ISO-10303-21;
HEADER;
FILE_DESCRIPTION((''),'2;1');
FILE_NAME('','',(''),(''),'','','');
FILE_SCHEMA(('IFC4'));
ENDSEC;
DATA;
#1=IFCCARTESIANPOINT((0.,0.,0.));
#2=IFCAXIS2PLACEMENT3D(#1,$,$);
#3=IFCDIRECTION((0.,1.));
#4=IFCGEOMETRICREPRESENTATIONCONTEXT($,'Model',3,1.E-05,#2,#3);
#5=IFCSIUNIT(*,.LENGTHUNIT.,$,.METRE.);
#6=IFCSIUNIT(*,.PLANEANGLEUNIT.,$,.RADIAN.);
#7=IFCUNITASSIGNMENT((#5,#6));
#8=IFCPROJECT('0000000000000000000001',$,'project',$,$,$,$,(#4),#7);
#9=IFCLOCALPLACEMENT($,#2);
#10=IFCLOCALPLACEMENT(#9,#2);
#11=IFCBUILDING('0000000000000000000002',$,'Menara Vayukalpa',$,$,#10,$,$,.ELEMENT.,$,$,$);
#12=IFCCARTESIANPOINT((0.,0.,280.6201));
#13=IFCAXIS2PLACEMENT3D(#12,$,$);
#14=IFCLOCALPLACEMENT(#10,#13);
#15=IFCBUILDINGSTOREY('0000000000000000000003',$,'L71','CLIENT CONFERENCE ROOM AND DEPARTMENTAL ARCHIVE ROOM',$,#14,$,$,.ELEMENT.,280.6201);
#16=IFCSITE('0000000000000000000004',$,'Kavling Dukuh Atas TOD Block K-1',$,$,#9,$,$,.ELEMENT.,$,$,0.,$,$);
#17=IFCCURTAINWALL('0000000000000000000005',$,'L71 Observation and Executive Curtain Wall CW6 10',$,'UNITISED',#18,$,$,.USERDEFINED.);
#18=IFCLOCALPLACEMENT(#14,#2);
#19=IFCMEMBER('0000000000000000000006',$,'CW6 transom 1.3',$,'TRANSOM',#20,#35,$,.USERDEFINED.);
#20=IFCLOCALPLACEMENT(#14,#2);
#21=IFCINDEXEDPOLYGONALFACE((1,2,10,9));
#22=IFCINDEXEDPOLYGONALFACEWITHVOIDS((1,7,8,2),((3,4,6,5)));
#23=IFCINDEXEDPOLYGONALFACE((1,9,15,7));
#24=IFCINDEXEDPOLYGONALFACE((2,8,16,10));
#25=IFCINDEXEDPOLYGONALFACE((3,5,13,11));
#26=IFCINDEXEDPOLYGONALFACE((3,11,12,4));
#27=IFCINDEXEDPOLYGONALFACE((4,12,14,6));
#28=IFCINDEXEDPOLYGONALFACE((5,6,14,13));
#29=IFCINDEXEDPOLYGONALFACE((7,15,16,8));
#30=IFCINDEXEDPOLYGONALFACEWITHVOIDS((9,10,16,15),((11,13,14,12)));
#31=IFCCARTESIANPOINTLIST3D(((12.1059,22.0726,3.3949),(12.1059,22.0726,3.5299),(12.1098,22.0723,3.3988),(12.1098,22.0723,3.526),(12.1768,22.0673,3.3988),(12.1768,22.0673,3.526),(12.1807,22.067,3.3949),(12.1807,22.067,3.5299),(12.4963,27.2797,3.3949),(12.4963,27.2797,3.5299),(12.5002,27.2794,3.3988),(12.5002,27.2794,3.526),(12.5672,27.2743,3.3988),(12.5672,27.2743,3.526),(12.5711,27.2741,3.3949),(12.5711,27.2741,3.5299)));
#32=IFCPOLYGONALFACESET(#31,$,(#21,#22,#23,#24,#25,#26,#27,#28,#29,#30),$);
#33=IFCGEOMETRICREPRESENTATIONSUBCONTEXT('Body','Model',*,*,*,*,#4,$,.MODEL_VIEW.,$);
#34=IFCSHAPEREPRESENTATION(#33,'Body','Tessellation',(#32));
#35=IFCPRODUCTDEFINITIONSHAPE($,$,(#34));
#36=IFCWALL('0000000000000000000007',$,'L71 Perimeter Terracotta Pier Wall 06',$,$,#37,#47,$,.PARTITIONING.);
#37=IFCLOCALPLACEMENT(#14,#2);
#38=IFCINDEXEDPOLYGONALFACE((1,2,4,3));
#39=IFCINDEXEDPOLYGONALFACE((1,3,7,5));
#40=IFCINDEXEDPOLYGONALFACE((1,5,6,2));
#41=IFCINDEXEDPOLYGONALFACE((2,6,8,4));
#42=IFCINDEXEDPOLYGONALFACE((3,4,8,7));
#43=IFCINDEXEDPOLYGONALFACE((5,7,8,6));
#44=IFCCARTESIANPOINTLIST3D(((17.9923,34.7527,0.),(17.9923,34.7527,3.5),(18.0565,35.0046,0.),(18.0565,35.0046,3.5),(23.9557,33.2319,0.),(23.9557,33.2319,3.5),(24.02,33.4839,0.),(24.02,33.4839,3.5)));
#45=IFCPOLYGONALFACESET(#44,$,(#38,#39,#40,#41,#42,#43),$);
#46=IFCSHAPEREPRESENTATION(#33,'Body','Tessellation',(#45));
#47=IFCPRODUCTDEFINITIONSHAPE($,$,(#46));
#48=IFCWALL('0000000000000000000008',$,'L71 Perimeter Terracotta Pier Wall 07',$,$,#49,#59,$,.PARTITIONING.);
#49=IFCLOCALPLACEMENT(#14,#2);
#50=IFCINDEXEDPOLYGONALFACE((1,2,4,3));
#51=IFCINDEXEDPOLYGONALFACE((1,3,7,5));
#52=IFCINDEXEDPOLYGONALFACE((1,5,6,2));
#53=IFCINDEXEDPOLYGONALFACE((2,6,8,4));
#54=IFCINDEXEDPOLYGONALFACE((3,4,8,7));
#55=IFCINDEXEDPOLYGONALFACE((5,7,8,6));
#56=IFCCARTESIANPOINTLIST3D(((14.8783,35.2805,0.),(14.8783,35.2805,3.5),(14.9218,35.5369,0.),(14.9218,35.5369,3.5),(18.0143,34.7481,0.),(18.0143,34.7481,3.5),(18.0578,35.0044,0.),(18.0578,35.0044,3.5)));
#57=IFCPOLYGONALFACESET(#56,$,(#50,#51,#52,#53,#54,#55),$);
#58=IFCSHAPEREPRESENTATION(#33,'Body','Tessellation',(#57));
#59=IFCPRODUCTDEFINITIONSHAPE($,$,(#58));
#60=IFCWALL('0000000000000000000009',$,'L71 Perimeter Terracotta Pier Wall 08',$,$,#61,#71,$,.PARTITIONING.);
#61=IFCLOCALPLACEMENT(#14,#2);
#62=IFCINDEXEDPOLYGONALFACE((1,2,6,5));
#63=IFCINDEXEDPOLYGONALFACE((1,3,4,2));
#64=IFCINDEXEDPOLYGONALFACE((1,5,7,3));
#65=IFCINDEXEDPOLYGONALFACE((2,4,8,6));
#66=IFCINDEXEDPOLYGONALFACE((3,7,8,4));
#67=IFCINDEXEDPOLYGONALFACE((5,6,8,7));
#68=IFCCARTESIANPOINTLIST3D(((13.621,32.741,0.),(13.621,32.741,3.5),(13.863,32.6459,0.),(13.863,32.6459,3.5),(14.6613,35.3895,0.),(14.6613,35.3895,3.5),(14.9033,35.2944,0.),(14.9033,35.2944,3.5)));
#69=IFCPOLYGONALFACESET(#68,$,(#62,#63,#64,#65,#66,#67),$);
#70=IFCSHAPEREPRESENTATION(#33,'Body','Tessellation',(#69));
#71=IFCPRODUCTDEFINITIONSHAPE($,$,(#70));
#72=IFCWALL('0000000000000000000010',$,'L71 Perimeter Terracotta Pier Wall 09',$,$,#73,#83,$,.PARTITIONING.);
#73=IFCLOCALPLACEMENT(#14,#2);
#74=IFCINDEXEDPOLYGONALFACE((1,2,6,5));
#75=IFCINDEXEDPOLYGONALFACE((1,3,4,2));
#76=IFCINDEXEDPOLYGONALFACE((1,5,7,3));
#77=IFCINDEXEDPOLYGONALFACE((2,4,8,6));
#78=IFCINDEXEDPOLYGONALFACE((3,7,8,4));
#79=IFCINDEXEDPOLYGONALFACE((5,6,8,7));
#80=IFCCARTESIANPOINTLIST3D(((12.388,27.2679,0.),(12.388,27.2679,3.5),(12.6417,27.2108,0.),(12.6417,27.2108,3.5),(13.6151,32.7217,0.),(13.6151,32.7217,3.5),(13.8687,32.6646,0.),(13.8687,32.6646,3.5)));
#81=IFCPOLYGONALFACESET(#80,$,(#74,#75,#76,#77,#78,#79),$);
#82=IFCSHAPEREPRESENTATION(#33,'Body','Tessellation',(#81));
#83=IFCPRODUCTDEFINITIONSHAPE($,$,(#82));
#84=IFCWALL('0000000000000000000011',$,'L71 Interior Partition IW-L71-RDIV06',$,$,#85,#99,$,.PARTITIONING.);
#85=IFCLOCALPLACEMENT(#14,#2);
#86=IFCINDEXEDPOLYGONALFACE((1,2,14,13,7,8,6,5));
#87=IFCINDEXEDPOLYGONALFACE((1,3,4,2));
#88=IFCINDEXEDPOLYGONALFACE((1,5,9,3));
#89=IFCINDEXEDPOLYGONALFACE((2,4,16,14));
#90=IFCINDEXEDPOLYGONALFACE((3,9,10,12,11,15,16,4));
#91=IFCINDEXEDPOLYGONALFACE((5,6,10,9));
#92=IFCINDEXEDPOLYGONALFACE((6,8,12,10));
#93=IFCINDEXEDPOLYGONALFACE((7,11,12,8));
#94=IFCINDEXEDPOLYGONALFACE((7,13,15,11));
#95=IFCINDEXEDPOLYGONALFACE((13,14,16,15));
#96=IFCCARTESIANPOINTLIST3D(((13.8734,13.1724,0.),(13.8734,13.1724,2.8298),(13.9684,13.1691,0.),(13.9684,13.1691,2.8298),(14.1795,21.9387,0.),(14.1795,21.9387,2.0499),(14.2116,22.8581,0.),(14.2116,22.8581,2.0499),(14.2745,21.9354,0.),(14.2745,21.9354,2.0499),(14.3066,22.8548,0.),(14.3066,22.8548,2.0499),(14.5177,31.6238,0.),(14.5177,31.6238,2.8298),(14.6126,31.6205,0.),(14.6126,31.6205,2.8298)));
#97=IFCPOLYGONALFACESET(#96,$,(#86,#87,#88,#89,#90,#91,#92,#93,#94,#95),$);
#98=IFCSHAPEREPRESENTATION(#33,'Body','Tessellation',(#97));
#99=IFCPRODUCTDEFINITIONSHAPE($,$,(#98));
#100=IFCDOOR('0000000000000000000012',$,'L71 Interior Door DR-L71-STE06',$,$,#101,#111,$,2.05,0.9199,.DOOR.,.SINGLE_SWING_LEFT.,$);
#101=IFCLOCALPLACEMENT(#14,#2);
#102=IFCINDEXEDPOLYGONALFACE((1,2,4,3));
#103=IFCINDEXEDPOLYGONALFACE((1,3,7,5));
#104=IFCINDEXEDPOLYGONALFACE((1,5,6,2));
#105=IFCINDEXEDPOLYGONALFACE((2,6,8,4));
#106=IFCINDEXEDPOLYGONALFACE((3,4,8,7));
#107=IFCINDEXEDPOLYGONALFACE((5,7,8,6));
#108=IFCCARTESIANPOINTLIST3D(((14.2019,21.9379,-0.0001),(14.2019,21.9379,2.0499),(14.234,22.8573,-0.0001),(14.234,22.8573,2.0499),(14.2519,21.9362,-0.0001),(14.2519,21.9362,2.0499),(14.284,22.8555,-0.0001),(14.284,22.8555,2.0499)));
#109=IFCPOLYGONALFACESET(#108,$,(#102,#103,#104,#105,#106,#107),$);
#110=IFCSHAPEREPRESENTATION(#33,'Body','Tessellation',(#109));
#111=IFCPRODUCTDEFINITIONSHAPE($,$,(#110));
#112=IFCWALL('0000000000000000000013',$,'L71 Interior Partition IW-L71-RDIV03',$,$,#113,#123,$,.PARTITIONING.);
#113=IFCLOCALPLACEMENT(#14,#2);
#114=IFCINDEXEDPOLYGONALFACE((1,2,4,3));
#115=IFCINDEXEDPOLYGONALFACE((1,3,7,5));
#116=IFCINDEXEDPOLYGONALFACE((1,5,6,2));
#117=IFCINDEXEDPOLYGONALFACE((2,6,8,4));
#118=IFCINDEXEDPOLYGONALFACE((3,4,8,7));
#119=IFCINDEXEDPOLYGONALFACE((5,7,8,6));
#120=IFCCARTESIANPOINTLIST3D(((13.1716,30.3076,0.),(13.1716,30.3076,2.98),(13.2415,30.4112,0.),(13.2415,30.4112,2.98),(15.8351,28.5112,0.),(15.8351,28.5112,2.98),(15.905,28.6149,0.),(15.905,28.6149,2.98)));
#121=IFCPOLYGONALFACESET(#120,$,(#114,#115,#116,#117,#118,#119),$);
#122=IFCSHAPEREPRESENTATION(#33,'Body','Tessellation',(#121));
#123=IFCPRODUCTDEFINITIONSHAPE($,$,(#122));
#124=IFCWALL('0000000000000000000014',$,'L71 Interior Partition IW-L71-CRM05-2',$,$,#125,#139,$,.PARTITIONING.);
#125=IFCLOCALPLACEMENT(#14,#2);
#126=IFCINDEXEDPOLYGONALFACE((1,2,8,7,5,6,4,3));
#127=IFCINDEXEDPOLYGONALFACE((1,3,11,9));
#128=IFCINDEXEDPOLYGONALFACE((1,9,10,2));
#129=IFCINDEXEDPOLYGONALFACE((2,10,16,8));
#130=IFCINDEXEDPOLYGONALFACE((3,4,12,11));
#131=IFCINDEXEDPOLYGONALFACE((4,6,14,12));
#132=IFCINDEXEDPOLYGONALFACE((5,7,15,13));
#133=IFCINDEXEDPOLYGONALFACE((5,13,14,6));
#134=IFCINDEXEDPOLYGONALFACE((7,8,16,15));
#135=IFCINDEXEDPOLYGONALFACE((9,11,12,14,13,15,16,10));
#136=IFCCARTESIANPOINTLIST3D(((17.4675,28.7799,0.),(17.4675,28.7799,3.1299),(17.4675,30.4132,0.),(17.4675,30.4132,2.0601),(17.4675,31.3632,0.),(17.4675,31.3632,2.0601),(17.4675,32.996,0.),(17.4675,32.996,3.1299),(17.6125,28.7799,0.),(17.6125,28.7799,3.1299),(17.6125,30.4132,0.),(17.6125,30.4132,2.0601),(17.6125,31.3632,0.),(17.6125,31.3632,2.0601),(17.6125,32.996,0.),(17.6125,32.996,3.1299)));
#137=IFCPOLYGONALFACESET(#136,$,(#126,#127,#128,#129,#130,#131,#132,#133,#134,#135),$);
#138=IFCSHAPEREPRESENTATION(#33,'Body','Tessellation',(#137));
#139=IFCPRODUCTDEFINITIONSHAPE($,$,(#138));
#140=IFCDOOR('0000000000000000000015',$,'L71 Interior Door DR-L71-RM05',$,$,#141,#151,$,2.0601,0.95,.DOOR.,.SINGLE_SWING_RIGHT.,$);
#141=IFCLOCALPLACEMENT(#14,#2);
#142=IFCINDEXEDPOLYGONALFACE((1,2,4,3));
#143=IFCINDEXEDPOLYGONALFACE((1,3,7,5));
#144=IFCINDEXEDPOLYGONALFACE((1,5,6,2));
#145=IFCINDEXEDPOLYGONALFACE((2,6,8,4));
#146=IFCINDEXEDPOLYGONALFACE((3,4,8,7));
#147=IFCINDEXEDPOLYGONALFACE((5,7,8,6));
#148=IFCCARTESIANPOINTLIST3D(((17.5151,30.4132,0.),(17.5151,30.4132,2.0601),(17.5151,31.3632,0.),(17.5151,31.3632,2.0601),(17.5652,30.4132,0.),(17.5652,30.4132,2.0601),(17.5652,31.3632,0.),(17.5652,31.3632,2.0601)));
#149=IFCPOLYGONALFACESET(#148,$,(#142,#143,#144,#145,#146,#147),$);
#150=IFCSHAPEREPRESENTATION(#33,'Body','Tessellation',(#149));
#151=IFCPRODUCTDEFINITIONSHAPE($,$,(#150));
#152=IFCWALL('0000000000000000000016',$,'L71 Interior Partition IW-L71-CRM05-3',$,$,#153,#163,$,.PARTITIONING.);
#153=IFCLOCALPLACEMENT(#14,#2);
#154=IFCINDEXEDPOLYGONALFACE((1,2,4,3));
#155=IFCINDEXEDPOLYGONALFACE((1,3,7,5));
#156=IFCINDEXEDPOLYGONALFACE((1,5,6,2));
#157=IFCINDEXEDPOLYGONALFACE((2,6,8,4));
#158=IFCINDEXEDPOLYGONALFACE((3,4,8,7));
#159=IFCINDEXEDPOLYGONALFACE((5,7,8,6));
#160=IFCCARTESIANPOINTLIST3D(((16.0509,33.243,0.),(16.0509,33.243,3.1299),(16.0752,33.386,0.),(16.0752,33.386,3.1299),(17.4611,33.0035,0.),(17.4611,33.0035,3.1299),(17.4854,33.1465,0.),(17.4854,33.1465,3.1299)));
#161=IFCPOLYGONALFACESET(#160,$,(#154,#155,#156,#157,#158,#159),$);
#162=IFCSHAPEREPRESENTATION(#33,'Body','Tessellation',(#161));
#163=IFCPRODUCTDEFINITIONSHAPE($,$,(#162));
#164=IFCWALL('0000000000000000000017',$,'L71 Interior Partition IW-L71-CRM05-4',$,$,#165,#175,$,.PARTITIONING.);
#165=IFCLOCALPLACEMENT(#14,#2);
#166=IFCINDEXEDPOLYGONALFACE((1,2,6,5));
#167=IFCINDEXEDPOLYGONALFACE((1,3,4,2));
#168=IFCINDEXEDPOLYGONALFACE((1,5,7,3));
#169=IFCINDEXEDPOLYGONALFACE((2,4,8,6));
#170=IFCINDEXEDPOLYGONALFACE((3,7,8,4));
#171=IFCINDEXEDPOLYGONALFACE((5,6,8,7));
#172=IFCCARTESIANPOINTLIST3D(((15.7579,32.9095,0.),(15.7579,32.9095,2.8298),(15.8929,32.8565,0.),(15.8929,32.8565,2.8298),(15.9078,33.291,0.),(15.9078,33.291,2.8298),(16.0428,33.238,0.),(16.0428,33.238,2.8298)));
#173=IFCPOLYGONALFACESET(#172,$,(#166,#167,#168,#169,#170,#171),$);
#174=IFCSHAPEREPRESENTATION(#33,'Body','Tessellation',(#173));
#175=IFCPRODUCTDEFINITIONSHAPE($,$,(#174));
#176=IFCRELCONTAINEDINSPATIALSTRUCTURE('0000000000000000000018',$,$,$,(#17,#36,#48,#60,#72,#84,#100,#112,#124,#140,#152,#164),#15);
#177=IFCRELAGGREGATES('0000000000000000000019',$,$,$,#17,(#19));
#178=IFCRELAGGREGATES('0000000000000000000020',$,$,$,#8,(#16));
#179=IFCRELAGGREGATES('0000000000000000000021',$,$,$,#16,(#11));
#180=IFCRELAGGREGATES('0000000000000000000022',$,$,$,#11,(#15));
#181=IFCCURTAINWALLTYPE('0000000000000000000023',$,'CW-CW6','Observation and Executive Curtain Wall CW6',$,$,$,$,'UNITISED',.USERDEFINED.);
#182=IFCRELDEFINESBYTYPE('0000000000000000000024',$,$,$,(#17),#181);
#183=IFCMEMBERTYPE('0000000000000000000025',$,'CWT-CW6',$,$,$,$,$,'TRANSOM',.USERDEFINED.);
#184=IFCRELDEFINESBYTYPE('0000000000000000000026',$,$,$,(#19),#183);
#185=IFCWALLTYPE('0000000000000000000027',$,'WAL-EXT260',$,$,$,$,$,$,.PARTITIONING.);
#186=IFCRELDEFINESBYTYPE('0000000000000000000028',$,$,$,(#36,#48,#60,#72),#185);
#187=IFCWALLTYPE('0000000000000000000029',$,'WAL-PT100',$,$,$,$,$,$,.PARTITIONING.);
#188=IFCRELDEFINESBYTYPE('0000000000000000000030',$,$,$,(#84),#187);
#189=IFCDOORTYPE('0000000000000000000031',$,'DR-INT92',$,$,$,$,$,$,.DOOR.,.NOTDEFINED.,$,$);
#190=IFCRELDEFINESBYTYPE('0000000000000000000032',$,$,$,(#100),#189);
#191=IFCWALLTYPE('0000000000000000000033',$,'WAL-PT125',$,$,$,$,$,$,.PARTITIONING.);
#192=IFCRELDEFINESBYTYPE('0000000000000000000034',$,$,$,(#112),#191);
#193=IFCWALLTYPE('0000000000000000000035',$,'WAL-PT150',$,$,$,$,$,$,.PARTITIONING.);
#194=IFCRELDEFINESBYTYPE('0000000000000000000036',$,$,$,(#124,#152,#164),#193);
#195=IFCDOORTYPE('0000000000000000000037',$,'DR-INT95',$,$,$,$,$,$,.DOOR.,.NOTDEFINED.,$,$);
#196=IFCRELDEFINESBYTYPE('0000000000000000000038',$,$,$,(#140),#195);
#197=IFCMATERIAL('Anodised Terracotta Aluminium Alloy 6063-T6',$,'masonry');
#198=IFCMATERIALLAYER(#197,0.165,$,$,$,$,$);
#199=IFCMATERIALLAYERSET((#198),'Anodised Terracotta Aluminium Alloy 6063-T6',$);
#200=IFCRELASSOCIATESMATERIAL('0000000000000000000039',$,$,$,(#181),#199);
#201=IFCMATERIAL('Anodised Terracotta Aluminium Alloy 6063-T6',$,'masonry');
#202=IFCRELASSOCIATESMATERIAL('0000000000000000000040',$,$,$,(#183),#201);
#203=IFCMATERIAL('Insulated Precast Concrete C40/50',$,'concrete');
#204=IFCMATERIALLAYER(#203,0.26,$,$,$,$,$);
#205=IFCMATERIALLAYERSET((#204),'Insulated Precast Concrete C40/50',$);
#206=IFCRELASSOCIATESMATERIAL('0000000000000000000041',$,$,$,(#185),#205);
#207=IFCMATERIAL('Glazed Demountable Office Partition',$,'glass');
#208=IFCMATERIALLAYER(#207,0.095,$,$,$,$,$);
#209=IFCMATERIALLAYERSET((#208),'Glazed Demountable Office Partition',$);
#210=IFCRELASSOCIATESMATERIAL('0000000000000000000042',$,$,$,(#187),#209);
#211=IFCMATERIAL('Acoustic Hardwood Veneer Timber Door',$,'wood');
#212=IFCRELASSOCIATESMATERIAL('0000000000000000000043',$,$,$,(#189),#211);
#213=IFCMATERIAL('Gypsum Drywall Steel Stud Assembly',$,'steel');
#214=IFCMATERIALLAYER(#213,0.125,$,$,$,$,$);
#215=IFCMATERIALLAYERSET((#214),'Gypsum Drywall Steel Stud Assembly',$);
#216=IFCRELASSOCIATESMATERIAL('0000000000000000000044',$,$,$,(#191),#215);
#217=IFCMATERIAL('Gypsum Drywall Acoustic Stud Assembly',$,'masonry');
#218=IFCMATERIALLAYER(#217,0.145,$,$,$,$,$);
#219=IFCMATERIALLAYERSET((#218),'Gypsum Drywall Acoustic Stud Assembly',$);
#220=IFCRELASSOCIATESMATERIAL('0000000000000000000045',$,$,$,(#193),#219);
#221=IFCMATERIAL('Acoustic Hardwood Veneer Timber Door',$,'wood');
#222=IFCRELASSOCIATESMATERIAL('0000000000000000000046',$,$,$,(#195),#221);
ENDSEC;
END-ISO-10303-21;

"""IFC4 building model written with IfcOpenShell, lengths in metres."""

from ifc_helpers import new_model, si_unit, direction, frame, frame_2d, origin, origin_2d, place, context, subcontext, project, spatial, rectangle, hollow_rectangle, extrude, material, layer, layer_set, material_profile, profile_set, type_object, element, fill, aggregate, save


model = new_model("IFC4")

# Units and contexts
model_context = context("Model", 3, precision=1e-05, world=origin(), true_north=direction((0.0, 1.0)))
body_context = subcontext(model_context, "Body", "Model", "MODEL_VIEW")
ifc_project = project(units=[si_unit("LENGTHUNIT", "METRE"), si_unit("PLANEANGLEUNIT", "RADIAN")], contexts=[model_context])

# Site, building, storey
site_placement = place(None, origin())
site = spatial("IfcSite", under=ifc_project, at=site_placement, Name="Kavling Dukuh Atas TOD Block K-1", CompositionType="ELEMENT", RefElevation=0.0)
building_placement = place(site_placement, origin())
building = spatial("IfcBuilding", under=site, at=building_placement, Name="Menara Vayukalpa", CompositionType="ELEMENT")
storey_placement = place(building_placement, frame((0.0, 0.0, 280.6201)))
storey = spatial("IfcBuildingStorey", under=building, at=storey_placement, Name="L71", Description="CLIENT CONFERENCE ROOM AND DEPARTMENTAL ARCHIVE ROOM", CompositionType="ELEMENT", Elevation=280.6201)

# Curtain wall, member
ifc_material_1 = material(Name="Anodised Terracotta Aluminium Alloy 6063-T6", Category="masonry")
ifc_layer_1 = layer(ifc_material_1, 0.165)
ifc_layer_set_1 = layer_set([ifc_layer_1], Name="Anodised Terracotta Aluminium Alloy 6063-T6")
curtain_wall_type = type_object("IfcCurtainWallType", Name="CW-CW6", Description="Observation and Executive Curtain Wall CW6", ElementType="UNITISED", PredefinedType="USERDEFINED", material=ifc_layer_set_1)
curtain_wall_placement = place(storey_placement, origin())
curtain_wall = element("IfcCurtainWall", 1, at=curtain_wall_placement, inside=storey, type_object=curtain_wall_type, Name="L71 Observation and Executive Curtain Wall CW6 10", ObjectType="UNITISED", PredefinedType="USERDEFINED")
ifc_material_2 = material(Name="Anodised Terracotta Aluminium Alloy 6063-T6", Category="masonry")
ifc_material_profile_1 = material_profile(ifc_material_2, hollow_rectangle(XDim=0.075, YDim=0.135, WallThickness=0.0039, at=origin_2d()), Name="ALU 75x135x4")
ifc_profile_set_1 = profile_set([ifc_material_profile_1], Name="Anodised Terracotta Aluminium Alloy 6063-T6")
member_type_1 = type_object("IfcMemberType", Name="CWT-CW6", ElementType="TRANSOM", PredefinedType="USERDEFINED", material=ifc_profile_set_1)
member_1_placement = place(storey_placement, frame((12.5337, 27.2769, 3.4624), z_axis=(-0.074762, -0.997201, 0.0), x_axis=(0.997201, -0.074762, 0.0)))
member_1 = element("IfcMember", 2, at=member_1_placement, type_object=member_type_1, Name="CW6 transom 1.3", ObjectType="TRANSOM", PredefinedType="USERDEFINED", context=body_context, shape_type="SweptSolid", body=[
    extrude(hollow_rectangle(XDim=0.075, YDim=0.135, WallThickness=0.0039, at=origin_2d()), origin(), (0.0, 0.0, 1.0), 5.2217),
])
aggregate(curtain_wall, [member_1])

# Walls
ifc_material_3 = material(Name="Insulated Precast Concrete C40/50", Category="concrete")
ifc_layer_2 = layer(ifc_material_3, 0.26)
ifc_layer_set_2 = layer_set([ifc_layer_2], Name="Insulated Precast Concrete C40/50")
wall_type_1 = type_object("IfcWallType", Name="WAL-EXT260", PredefinedType="PARTITIONING", material=ifc_layer_set_2)
wall_1_placement = place(storey_placement, frame((18.0244, 34.8787, 0.0), z_axis=(0.0, 0.0, 1.0), x_axis=(0.968988, -0.247107, 0.0)))
element("IfcWall", 3, at=wall_1_placement, inside=storey, type_object=wall_type_1, Name="L71 Perimeter Terracotta Pier Wall 06", PredefinedType="PARTITIONING", context=body_context, shape_type="SweptSolid", body=[
    extrude(rectangle(XDim=6.1543, YDim=0.26, at=frame_2d((3.0771, 0.0))), origin(), (0.0, 0.0, 1.0), 3.5),
])
wall_2_placement = place(storey_placement, frame((14.9001, 35.4087, 0.0), z_axis=(0.0, 0.0, 1.0), x_axis=(0.985889, -0.167398, 0.0)))
element("IfcWall", 4, at=wall_2_placement, inside=storey, type_object=wall_type_1, Name="L71 Perimeter Terracotta Pier Wall 07", PredefinedType="PARTITIONING", context=body_context, shape_type="SweptSolid", body=[
    extrude(rectangle(XDim=3.1809, YDim=0.26, at=frame_2d((1.5903, 0.0))), origin(), (0.0, 0.0, 1.0), 3.5),
])
wall_3_placement = place(storey_placement, frame((13.7419, 32.6934, 0.0), z_axis=(0.0, 0.0, 1.0), x_axis=(0.365599, 0.930772, 0.0)))
element("IfcWall", 5, at=wall_3_placement, inside=storey, type_object=wall_type_1, Name="L71 Perimeter Terracotta Pier Wall 08", PredefinedType="PARTITIONING", context=body_context, shape_type="SweptSolid", body=[
    extrude(rectangle(XDim=2.8455, YDim=0.26, at=frame_2d((1.4229, 0.0))), origin(), (0.0, 0.0, 1.0), 3.5),
])
wall_4_placement = place(storey_placement, frame((12.5149, 27.2395, 0.0), z_axis=(0.0, 0.0, 1.0), x_axis=(0.219501, 0.975612, 0.0)))
element("IfcWall", 6, at=wall_4_placement, inside=storey, type_object=wall_type_1, Name="L71 Perimeter Terracotta Pier Wall 09", PredefinedType="PARTITIONING", context=body_context, shape_type="SweptSolid", body=[
    extrude(rectangle(XDim=5.5901, YDim=0.26, at=frame_2d((2.7949, 0.0))), origin(), (0.0, 0.0, 1.0), 3.5),
])

# Wall, opening, door
ifc_material_4 = material(Name="Glazed Demountable Office Partition", Category="glass")
ifc_layer_3 = layer(ifc_material_4, 0.095)
ifc_layer_set_3 = layer_set([ifc_layer_3], Name="Glazed Demountable Office Partition")
wall_type_2 = type_object("IfcWallType", Name="WAL-PT100", PredefinedType="PARTITIONING", material=ifc_layer_set_3)
wall_5_placement = place(storey_placement, frame((14.5652, 31.6223, 0.0), z_axis=(0.0, 0.0, 1.0), x_axis=(-0.034897, -0.999391, 0.0)))
wall_5 = element("IfcWall", 7, at=wall_5_placement, inside=storey, type_object=wall_type_2, Name="L71 Interior Partition IW-L71-RDIV06", PredefinedType="PARTITIONING", context=body_context, shape_type="SweptSolid", body=[
    extrude(rectangle(XDim=18.4626, YDim=0.095, at=frame_2d((9.2314, 0.0))), origin(), (0.0, 0.0, 1.0), 2.8298),
])
opening_1_placement = place(wall_5_placement, frame((8.7712, 0.0, 0.0)))
opening_1 = element("IfcOpeningElement", 8, at=opening_1_placement, cuts=wall_5, PredefinedType="OPENING", context=body_context, shape_type="SweptSolid", body=[
    extrude(rectangle(XDim=0.9199, YDim=2.05, at=frame_2d((0.46, 1.0249))), frame((0.0, 0.0574, 0.0), z_axis=(0.0, -1.0, 0.0), x_axis=(1.0, 0.0, 0.0)), (0.0, 0.0, 1.0), 0.115),
])
ifc_material_5 = material(Name="Acoustic Hardwood Veneer Timber Door", Category="wood")
door_type_1 = type_object("IfcDoorType", Name="DR-INT92", OperationType="NOTDEFINED", PredefinedType="DOOR", material=ifc_material_5)
door_1_placement = place(opening_1_placement, origin())
door_1 = element("IfcDoor", 9, at=door_1_placement, inside=storey, type_object=door_type_1, Name="L71 Interior Door DR-L71-STE06", OperationType="SINGLE_SWING_LEFT", OverallHeight=2.05, OverallWidth=0.9199, PredefinedType="DOOR", context=body_context, shape_type="SweptSolid", body=[
    extrude(rectangle(XDim=0.9199, YDim=2.05, at=frame_2d((0.46, 1.0249))), frame((0.0, 0.0249, 0.0), z_axis=(0.0, -1.0, 0.0), x_axis=(1.0, 0.0, 0.0)), (0.0, 0.0, 1.0), 0.05),
])
fill(opening_1, door_1)

# Wall
ifc_material_6 = material(Name="Gypsum Drywall Steel Stud Assembly", Category="steel")
ifc_layer_4 = layer(ifc_material_6, 0.125)
ifc_layer_set_4 = layer_set([ifc_layer_4], Name="Gypsum Drywall Steel Stud Assembly")
wall_type_3 = type_object("IfcWallType", Name="WAL-PT125", PredefinedType="PARTITIONING", material=ifc_layer_set_4)
wall_6_placement = place(storey_placement, frame((15.8701, 28.563, 0.0), z_axis=(0.0, 0.0, 1.0), x_axis=(-0.829069, 0.559147, 0.0)))
element("IfcWall", 10, at=wall_6_placement, inside=storey, type_object=wall_type_3, Name="L71 Interior Partition IW-L71-RDIV03", PredefinedType="PARTITIONING", context=body_context, shape_type="SweptSolid", body=[
    extrude(rectangle(XDim=3.2126, YDim=0.125, at=frame_2d((1.6064, 0.0))), origin(), (0.0, 0.0, 1.0), 2.98),
])

# Wall, opening, door
ifc_material_7 = material(Name="Gypsum Drywall Acoustic Stud Assembly", Category="masonry")
ifc_layer_5 = layer(ifc_material_7, 0.145)
ifc_layer_set_5 = layer_set([ifc_layer_5], Name="Gypsum Drywall Acoustic Stud Assembly")
wall_type_4 = type_object("IfcWallType", Name="WAL-PT150", PredefinedType="PARTITIONING", material=ifc_layer_set_5)
wall_7_placement = place(storey_placement, frame((17.54, 28.78, 0.0), z_axis=(0.0, 0.0, 1.0), x_axis=(0.0, 1.0, 0.0)))
wall_7 = element("IfcWall", 11, at=wall_7_placement, inside=storey, type_object=wall_type_4, Name="L71 Interior Partition IW-L71-CRM05-2", PredefinedType="PARTITIONING", context=body_context, shape_type="SweptSolid", body=[
    extrude(rectangle(XDim=4.2161, YDim=0.145, at=frame_2d((2.1079, 0.0))), origin(), (0.0, 0.0, 1.0), 3.1299),
])
opening_2_placement = place(wall_7_placement, frame((1.6331, 0.0, 0.0)))
opening_2 = element("IfcOpeningElement", 12, at=opening_2_placement, cuts=wall_7, PredefinedType="OPENING", context=body_context, shape_type="SweptSolid", body=[
    extrude(rectangle(XDim=0.95, YDim=2.0601, at=frame_2d((0.4751, 1.03))), frame((0.0, 0.0825, 0.0), z_axis=(0.0, -1.0, 0.0), x_axis=(1.0, 0.0, 0.0)), (0.0, 0.0, 1.0), 0.165),
])
ifc_material_8 = material(Name="Acoustic Hardwood Veneer Timber Door", Category="wood")
door_type_2 = type_object("IfcDoorType", Name="DR-INT95", OperationType="NOTDEFINED", PredefinedType="DOOR", material=ifc_material_8)
door_2_placement = place(opening_2_placement, origin())
door_2 = element("IfcDoor", 13, at=door_2_placement, inside=storey, type_object=door_type_2, Name="L71 Interior Door DR-L71-RM05", OperationType="SINGLE_SWING_RIGHT", OverallHeight=2.0601, OverallWidth=0.95, PredefinedType="DOOR", context=body_context, shape_type="SweptSolid", body=[
    extrude(rectangle(XDim=0.95, YDim=2.0601, at=frame_2d((0.4751, 1.03))), frame((0.0, 0.0249, 0.0), z_axis=(0.0, -1.0, 0.0), x_axis=(1.0, 0.0, 0.0)), (0.0, 0.0, 1.0), 0.05),
])
fill(opening_2, door_2)

# Walls
wall_8_placement = place(storey_placement, frame((17.4734, 33.075, 0.0), z_axis=(0.0, 0.0, 1.0), x_axis=(-0.985882, 0.167443, 0.0)))
element("IfcWall", 14, at=wall_8_placement, inside=storey, type_object=wall_type_4, Name="L71 Interior Partition IW-L71-CRM05-3", PredefinedType="PARTITIONING", context=body_context, shape_type="SweptSolid", body=[
    extrude(rectangle(XDim=1.4304, YDim=0.145, at=frame_2d((0.7153, 0.0))), origin(), (0.0, 0.0, 1.0), 3.1299),
])
wall_9_placement = place(storey_placement, frame((15.9753, 33.2646, 0.0), z_axis=(0.0, 0.0, 1.0), x_axis=(-0.365634, -0.930759, 0.0)))
element("IfcWall", 15, at=wall_9_placement, inside=storey, type_object=wall_type_4, Name="L71 Interior Partition IW-L71-CRM05-4", PredefinedType="PARTITIONING", context=body_context, shape_type="SweptSolid", body=[
    extrude(rectangle(XDim=0.4099, YDim=0.145, at=frame_2d((0.2051, 0.0))), origin(), (0.0, 0.0, 1.0), 2.8298),
])

save(model, "model.ifc")
